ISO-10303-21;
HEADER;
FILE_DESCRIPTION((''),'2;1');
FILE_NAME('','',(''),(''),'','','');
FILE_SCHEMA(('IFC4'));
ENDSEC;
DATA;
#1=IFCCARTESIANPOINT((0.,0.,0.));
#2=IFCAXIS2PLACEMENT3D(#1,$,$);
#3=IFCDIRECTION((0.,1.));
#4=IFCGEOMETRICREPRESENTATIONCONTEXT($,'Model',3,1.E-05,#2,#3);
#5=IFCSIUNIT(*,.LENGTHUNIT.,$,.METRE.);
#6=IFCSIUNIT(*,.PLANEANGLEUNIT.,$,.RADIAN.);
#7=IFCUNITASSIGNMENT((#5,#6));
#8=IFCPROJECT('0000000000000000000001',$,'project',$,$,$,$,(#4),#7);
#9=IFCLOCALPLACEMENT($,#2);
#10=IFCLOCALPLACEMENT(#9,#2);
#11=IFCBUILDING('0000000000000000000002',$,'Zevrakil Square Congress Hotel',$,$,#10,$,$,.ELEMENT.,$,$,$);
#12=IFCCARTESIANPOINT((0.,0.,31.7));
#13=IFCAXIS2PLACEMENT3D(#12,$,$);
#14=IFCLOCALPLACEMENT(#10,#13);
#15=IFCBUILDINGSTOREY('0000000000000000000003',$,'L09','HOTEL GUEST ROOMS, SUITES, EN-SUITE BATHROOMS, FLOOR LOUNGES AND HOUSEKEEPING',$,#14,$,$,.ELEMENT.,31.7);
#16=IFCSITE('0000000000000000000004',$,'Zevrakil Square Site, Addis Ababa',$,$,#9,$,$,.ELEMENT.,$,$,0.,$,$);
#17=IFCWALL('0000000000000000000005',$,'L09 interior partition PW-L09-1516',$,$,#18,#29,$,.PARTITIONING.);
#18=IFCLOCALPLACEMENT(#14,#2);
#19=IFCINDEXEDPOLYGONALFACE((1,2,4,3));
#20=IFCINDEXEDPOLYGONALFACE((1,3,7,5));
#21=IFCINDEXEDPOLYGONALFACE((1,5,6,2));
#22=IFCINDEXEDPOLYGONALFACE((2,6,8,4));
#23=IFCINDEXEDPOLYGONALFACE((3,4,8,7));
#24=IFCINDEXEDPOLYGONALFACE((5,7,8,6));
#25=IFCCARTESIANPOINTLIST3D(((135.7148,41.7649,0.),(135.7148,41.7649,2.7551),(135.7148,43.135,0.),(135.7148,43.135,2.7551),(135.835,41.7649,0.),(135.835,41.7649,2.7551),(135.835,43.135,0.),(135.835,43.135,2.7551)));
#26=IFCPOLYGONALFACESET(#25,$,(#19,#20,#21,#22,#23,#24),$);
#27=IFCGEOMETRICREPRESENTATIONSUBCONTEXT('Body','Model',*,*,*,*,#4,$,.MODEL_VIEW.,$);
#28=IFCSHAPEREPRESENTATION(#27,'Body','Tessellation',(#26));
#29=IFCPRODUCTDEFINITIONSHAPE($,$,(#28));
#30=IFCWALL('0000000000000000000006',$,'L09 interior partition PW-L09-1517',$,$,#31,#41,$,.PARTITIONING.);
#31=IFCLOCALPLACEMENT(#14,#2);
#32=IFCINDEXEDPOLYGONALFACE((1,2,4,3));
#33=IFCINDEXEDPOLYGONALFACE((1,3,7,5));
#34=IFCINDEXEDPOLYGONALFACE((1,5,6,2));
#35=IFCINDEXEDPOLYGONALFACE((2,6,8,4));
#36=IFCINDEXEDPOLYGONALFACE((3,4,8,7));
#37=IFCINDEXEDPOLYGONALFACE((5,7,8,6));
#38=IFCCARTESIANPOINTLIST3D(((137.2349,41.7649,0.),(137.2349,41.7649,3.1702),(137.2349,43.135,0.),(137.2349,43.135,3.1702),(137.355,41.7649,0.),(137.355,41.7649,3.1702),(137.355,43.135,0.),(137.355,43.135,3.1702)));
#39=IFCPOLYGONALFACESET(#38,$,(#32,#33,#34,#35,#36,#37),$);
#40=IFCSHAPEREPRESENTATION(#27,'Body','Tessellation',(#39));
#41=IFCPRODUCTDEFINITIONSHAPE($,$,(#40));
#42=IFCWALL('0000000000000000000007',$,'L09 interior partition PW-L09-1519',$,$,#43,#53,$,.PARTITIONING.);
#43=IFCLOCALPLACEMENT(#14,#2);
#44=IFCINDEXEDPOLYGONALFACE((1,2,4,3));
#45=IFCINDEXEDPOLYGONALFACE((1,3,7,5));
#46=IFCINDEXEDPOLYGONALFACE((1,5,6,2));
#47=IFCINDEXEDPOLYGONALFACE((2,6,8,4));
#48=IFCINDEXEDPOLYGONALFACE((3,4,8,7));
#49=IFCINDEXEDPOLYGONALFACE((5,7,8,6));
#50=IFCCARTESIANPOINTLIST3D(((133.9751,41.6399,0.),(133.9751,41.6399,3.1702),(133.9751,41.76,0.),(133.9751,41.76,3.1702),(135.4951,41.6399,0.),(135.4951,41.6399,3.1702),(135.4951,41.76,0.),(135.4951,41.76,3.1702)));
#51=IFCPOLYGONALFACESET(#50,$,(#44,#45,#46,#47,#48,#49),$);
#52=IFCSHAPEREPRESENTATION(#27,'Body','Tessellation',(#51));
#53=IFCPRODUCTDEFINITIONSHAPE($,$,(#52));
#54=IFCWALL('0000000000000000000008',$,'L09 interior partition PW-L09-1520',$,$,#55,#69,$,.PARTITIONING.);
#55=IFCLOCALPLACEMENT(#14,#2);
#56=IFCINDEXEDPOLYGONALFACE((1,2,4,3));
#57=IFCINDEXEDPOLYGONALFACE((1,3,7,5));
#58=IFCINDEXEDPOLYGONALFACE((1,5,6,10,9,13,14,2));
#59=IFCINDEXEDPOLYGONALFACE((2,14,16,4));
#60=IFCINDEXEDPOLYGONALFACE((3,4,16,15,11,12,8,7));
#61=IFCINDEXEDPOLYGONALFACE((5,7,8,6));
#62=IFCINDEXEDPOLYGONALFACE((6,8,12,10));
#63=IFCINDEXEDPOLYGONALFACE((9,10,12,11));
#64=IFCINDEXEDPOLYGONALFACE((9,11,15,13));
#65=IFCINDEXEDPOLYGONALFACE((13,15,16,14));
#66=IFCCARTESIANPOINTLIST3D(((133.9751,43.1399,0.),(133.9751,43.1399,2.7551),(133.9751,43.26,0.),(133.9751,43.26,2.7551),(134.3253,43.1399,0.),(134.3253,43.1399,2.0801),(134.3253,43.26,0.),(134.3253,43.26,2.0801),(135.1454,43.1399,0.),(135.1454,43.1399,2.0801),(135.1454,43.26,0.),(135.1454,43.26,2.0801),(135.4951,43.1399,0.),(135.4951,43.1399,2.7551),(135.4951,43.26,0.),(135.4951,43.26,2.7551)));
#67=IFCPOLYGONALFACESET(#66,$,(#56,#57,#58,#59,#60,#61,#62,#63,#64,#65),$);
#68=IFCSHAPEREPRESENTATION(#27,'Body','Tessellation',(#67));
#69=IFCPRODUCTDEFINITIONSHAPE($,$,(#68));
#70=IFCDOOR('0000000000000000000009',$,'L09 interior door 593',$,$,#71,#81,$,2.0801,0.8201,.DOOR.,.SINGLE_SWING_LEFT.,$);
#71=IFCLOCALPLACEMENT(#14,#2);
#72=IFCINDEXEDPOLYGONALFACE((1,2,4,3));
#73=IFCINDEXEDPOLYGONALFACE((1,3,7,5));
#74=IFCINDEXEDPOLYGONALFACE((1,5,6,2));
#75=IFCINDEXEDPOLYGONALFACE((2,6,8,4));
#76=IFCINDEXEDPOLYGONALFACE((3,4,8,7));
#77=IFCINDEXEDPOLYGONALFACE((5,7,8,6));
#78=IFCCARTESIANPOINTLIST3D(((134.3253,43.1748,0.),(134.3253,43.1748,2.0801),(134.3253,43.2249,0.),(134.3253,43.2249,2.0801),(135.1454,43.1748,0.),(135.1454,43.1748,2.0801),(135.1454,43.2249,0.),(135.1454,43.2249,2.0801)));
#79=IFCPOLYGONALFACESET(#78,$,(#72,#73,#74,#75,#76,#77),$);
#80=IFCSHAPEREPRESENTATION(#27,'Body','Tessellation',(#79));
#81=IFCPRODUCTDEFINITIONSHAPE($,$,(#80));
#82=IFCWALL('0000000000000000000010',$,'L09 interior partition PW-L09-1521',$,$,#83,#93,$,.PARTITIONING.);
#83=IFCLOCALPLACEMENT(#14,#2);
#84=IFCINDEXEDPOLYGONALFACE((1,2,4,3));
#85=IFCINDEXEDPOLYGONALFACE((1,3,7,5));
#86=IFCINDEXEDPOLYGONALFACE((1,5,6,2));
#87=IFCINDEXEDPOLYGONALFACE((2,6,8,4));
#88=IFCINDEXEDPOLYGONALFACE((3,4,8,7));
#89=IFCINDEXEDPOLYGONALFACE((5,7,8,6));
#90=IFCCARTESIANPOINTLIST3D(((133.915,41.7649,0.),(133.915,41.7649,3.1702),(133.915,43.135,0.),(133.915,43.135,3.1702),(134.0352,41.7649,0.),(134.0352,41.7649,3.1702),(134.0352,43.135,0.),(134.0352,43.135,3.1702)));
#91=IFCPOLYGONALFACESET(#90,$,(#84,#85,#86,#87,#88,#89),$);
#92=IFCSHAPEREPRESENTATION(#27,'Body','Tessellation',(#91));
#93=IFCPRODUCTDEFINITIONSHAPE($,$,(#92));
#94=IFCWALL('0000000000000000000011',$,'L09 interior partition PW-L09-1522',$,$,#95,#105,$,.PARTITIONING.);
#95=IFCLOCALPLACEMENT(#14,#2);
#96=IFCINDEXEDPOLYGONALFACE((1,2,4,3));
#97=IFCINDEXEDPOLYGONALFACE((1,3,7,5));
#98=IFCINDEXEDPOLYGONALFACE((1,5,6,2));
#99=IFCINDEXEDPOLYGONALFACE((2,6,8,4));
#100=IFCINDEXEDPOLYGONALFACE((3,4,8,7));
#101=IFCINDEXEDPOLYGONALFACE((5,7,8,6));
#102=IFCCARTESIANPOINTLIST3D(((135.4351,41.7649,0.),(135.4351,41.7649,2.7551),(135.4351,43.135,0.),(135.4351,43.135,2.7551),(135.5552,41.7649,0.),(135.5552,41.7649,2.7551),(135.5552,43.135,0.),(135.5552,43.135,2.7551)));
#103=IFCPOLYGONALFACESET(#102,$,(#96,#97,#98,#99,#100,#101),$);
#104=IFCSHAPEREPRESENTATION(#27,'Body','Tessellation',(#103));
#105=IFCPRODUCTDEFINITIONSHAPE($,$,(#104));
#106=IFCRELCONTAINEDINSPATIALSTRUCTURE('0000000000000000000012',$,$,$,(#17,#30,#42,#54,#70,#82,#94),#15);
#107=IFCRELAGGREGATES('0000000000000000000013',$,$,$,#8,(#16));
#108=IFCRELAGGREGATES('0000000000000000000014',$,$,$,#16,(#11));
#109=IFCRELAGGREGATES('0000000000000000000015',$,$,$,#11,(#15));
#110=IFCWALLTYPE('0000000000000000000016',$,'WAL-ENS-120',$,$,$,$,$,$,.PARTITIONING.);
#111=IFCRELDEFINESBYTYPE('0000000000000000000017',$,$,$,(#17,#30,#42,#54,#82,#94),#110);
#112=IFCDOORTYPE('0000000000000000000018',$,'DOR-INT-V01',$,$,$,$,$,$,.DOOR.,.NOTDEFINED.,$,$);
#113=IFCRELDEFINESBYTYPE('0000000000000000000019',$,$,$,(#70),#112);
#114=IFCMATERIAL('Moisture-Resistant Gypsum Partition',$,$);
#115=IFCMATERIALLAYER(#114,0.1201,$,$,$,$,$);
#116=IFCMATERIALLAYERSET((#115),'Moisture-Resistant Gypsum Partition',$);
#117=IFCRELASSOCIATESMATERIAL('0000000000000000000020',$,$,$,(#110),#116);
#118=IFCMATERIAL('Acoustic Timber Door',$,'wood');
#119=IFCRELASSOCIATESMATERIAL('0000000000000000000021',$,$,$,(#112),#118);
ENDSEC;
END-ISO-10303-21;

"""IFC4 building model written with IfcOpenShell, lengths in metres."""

from ifc_helpers import new_model, si_unit, direction, frame, frame_2d, origin, place, context, subcontext, project, spatial, rectangle, extrude, material, layer, layer_set, type_object, element, fill, save


model = new_model("IFC4")

# Units and contexts
model_context = context("Model", 3, precision=1e-05, world=origin(), true_north=direction((0.0, 1.0)))
body_context = subcontext(model_context, "Body", "Model", "MODEL_VIEW")
ifc_project = project(units=[si_unit("LENGTHUNIT", "METRE"), si_unit("PLANEANGLEUNIT", "RADIAN")], contexts=[model_context])

# Site, building, storey
site_placement = place(None, origin())
site = spatial("IfcSite", under=ifc_project, at=site_placement, Name="Zevrakil Square Site, Addis Ababa", CompositionType="ELEMENT", RefElevation=0.0)
building_placement = place(site_placement, origin())
building = spatial("IfcBuilding", under=site, at=building_placement, Name="Zevrakil Square Congress Hotel", CompositionType="ELEMENT")
storey_placement = place(building_placement, frame((0.0, 0.0, 31.7)))
storey = spatial("IfcBuildingStorey", under=building, at=storey_placement, Name="L09", Description="HOTEL GUEST ROOMS, SUITES, EN-SUITE BATHROOMS, FLOOR LOUNGES AND HOUSEKEEPING", CompositionType="ELEMENT", Elevation=31.7)

# Shared definitions
ifc_material_1 = material(Name="Moisture-Resistant Gypsum Partition")
ifc_layer_1 = layer(ifc_material_1, 0.1201)
ifc_layer_set_1 = layer_set([ifc_layer_1], Name="Moisture-Resistant Gypsum Partition")
wall_type_1 = type_object("IfcWallType", Name="WAL-ENS-120", PredefinedType="PARTITIONING", material=ifc_layer_set_1)

# Shared definitions
ifc_material_2 = material(Name="Acoustic Timber Door", Category="wood")
door_type_1 = type_object("IfcDoorType", Name="DOR-INT-V01", OperationType="NOTDEFINED", PredefinedType="DOOR", material=ifc_material_2)

# Walls
wall_1_placement = place(storey_placement, frame((135.7749, 41.7649, 0.0), z_axis=(0.0, 0.0, 1.0), x_axis=(0.0, 1.0, 0.0)))
element("IfcWall", 1, at=wall_1_placement, inside=storey, type_object=wall_type_1, Name="L09 interior partition PW-L09-1516", PredefinedType="PARTITIONING", context=body_context, shape_type="SweptSolid", body=[
    extrude(rectangle(XDim=1.3701, YDim=0.1201, at=frame_2d((0.6851, 0.0))), origin(), (0.0, 0.0, 1.0), 2.7551),
])
wall_2_placement = place(storey_placement, frame((137.2949, 41.7649, 0.0), z_axis=(0.0, 0.0, 1.0), x_axis=(0.0, 1.0, 0.0)))
element("IfcWall", 2, at=wall_2_placement, inside=storey, type_object=wall_type_1, Name="L09 interior partition PW-L09-1517", PredefinedType="PARTITIONING", context=body_context, shape_type="SweptSolid", body=[
    extrude(rectangle(XDim=1.3701, YDim=0.1201, at=frame_2d((0.6851, 0.0))), origin(), (0.0, 0.0, 1.0), 3.1702),
])
wall_3_placement = place(storey_placement, frame((133.9751, 41.7, 0.0), z_axis=(0.0, 0.0, 1.0), x_axis=(1.0, 0.0, 0.0)))
element("IfcWall", 3, at=wall_3_placement, inside=storey, type_object=wall_type_1, Name="L09 interior partition PW-L09-1519", PredefinedType="PARTITIONING", context=body_context, shape_type="SweptSolid", body=[
    extrude(rectangle(XDim=1.52, YDim=0.1201, at=frame_2d((0.76, 0.0))), origin(), (0.0, 0.0, 1.0), 3.1702),
])

# Wall, opening, door
wall_4_placement = place(storey_placement, frame((133.9751, 43.2, 0.0), z_axis=(0.0, 0.0, 1.0), x_axis=(1.0, 0.0, 0.0)))
wall_4 = element("IfcWall", 4, at=wall_4_placement, inside=storey, type_object=wall_type_1, Name="L09 interior partition PW-L09-1520", PredefinedType="PARTITIONING", context=body_context, shape_type="SweptSolid", body=[
    extrude(rectangle(XDim=1.52, YDim=0.1201, at=frame_2d((0.76, 0.0))), origin(), (0.0, 0.0, 1.0), 2.7551),
])
opening_1_placement = place(wall_4_placement, frame((0.3501, 0.0, 0.0)))
opening_1 = element("IfcOpeningElement", 5, at=opening_1_placement, cuts=wall_4, PredefinedType="OPENING", context=body_context, shape_type="SweptSolid", body=[
    extrude(rectangle(XDim=0.8201, YDim=2.0801, at=frame_2d((0.4102, 1.04))), frame((0.0, 0.0701, 0.0), z_axis=(0.0, -1.0, 0.0), x_axis=(1.0, 0.0, 0.0)), (0.0, 0.0, 1.0), 0.1401),
])
door_1_placement = place(opening_1_placement, origin())
door_1 = element("IfcDoor", 6, at=door_1_placement, inside=storey, type_object=door_type_1, Name="L09 interior door 593", OperationType="SINGLE_SWING_LEFT", OverallHeight=2.0801, OverallWidth=0.8201, PredefinedType="DOOR", context=body_context, shape_type="SweptSolid", body=[
    extrude(rectangle(XDim=0.8201, YDim=2.0801, at=frame_2d((0.4102, 1.04))), frame((0.0, 0.0249, 0.0), z_axis=(0.0, -1.0, 0.0), x_axis=(1.0, 0.0, 0.0)), (0.0, 0.0, 1.0), 0.05),
])
fill(opening_1, door_1)

# Walls
wall_5_placement = place(storey_placement, frame((133.9751, 41.7649, 0.0), z_axis=(0.0, 0.0, 1.0), x_axis=(0.0, 1.0, 0.0)))
element("IfcWall", 7, at=wall_5_placement, inside=storey, type_object=wall_type_1, Name="L09 interior partition PW-L09-1521", PredefinedType="PARTITIONING", context=body_context, shape_type="SweptSolid", body=[
    extrude(rectangle(XDim=1.3701, YDim=0.1201, at=frame_2d((0.6851, 0.0))), origin(), (0.0, 0.0, 1.0), 3.1702),
])
wall_6_placement = place(storey_placement, frame((135.4951, 41.7649, 0.0), z_axis=(0.0, 0.0, 1.0), x_axis=(0.0, 1.0, 0.0)))
element("IfcWall", 8, at=wall_6_placement, inside=storey, type_object=wall_type_1, Name="L09 interior partition PW-L09-1522", PredefinedType="PARTITIONING", context=body_context, shape_type="SweptSolid", body=[
    extrude(rectangle(XDim=1.3701, YDim=0.1201, at=frame_2d((0.6851, 0.0))), origin(), (0.0, 0.0, 1.0), 2.7551),
])

save(model, "model.ifc")
